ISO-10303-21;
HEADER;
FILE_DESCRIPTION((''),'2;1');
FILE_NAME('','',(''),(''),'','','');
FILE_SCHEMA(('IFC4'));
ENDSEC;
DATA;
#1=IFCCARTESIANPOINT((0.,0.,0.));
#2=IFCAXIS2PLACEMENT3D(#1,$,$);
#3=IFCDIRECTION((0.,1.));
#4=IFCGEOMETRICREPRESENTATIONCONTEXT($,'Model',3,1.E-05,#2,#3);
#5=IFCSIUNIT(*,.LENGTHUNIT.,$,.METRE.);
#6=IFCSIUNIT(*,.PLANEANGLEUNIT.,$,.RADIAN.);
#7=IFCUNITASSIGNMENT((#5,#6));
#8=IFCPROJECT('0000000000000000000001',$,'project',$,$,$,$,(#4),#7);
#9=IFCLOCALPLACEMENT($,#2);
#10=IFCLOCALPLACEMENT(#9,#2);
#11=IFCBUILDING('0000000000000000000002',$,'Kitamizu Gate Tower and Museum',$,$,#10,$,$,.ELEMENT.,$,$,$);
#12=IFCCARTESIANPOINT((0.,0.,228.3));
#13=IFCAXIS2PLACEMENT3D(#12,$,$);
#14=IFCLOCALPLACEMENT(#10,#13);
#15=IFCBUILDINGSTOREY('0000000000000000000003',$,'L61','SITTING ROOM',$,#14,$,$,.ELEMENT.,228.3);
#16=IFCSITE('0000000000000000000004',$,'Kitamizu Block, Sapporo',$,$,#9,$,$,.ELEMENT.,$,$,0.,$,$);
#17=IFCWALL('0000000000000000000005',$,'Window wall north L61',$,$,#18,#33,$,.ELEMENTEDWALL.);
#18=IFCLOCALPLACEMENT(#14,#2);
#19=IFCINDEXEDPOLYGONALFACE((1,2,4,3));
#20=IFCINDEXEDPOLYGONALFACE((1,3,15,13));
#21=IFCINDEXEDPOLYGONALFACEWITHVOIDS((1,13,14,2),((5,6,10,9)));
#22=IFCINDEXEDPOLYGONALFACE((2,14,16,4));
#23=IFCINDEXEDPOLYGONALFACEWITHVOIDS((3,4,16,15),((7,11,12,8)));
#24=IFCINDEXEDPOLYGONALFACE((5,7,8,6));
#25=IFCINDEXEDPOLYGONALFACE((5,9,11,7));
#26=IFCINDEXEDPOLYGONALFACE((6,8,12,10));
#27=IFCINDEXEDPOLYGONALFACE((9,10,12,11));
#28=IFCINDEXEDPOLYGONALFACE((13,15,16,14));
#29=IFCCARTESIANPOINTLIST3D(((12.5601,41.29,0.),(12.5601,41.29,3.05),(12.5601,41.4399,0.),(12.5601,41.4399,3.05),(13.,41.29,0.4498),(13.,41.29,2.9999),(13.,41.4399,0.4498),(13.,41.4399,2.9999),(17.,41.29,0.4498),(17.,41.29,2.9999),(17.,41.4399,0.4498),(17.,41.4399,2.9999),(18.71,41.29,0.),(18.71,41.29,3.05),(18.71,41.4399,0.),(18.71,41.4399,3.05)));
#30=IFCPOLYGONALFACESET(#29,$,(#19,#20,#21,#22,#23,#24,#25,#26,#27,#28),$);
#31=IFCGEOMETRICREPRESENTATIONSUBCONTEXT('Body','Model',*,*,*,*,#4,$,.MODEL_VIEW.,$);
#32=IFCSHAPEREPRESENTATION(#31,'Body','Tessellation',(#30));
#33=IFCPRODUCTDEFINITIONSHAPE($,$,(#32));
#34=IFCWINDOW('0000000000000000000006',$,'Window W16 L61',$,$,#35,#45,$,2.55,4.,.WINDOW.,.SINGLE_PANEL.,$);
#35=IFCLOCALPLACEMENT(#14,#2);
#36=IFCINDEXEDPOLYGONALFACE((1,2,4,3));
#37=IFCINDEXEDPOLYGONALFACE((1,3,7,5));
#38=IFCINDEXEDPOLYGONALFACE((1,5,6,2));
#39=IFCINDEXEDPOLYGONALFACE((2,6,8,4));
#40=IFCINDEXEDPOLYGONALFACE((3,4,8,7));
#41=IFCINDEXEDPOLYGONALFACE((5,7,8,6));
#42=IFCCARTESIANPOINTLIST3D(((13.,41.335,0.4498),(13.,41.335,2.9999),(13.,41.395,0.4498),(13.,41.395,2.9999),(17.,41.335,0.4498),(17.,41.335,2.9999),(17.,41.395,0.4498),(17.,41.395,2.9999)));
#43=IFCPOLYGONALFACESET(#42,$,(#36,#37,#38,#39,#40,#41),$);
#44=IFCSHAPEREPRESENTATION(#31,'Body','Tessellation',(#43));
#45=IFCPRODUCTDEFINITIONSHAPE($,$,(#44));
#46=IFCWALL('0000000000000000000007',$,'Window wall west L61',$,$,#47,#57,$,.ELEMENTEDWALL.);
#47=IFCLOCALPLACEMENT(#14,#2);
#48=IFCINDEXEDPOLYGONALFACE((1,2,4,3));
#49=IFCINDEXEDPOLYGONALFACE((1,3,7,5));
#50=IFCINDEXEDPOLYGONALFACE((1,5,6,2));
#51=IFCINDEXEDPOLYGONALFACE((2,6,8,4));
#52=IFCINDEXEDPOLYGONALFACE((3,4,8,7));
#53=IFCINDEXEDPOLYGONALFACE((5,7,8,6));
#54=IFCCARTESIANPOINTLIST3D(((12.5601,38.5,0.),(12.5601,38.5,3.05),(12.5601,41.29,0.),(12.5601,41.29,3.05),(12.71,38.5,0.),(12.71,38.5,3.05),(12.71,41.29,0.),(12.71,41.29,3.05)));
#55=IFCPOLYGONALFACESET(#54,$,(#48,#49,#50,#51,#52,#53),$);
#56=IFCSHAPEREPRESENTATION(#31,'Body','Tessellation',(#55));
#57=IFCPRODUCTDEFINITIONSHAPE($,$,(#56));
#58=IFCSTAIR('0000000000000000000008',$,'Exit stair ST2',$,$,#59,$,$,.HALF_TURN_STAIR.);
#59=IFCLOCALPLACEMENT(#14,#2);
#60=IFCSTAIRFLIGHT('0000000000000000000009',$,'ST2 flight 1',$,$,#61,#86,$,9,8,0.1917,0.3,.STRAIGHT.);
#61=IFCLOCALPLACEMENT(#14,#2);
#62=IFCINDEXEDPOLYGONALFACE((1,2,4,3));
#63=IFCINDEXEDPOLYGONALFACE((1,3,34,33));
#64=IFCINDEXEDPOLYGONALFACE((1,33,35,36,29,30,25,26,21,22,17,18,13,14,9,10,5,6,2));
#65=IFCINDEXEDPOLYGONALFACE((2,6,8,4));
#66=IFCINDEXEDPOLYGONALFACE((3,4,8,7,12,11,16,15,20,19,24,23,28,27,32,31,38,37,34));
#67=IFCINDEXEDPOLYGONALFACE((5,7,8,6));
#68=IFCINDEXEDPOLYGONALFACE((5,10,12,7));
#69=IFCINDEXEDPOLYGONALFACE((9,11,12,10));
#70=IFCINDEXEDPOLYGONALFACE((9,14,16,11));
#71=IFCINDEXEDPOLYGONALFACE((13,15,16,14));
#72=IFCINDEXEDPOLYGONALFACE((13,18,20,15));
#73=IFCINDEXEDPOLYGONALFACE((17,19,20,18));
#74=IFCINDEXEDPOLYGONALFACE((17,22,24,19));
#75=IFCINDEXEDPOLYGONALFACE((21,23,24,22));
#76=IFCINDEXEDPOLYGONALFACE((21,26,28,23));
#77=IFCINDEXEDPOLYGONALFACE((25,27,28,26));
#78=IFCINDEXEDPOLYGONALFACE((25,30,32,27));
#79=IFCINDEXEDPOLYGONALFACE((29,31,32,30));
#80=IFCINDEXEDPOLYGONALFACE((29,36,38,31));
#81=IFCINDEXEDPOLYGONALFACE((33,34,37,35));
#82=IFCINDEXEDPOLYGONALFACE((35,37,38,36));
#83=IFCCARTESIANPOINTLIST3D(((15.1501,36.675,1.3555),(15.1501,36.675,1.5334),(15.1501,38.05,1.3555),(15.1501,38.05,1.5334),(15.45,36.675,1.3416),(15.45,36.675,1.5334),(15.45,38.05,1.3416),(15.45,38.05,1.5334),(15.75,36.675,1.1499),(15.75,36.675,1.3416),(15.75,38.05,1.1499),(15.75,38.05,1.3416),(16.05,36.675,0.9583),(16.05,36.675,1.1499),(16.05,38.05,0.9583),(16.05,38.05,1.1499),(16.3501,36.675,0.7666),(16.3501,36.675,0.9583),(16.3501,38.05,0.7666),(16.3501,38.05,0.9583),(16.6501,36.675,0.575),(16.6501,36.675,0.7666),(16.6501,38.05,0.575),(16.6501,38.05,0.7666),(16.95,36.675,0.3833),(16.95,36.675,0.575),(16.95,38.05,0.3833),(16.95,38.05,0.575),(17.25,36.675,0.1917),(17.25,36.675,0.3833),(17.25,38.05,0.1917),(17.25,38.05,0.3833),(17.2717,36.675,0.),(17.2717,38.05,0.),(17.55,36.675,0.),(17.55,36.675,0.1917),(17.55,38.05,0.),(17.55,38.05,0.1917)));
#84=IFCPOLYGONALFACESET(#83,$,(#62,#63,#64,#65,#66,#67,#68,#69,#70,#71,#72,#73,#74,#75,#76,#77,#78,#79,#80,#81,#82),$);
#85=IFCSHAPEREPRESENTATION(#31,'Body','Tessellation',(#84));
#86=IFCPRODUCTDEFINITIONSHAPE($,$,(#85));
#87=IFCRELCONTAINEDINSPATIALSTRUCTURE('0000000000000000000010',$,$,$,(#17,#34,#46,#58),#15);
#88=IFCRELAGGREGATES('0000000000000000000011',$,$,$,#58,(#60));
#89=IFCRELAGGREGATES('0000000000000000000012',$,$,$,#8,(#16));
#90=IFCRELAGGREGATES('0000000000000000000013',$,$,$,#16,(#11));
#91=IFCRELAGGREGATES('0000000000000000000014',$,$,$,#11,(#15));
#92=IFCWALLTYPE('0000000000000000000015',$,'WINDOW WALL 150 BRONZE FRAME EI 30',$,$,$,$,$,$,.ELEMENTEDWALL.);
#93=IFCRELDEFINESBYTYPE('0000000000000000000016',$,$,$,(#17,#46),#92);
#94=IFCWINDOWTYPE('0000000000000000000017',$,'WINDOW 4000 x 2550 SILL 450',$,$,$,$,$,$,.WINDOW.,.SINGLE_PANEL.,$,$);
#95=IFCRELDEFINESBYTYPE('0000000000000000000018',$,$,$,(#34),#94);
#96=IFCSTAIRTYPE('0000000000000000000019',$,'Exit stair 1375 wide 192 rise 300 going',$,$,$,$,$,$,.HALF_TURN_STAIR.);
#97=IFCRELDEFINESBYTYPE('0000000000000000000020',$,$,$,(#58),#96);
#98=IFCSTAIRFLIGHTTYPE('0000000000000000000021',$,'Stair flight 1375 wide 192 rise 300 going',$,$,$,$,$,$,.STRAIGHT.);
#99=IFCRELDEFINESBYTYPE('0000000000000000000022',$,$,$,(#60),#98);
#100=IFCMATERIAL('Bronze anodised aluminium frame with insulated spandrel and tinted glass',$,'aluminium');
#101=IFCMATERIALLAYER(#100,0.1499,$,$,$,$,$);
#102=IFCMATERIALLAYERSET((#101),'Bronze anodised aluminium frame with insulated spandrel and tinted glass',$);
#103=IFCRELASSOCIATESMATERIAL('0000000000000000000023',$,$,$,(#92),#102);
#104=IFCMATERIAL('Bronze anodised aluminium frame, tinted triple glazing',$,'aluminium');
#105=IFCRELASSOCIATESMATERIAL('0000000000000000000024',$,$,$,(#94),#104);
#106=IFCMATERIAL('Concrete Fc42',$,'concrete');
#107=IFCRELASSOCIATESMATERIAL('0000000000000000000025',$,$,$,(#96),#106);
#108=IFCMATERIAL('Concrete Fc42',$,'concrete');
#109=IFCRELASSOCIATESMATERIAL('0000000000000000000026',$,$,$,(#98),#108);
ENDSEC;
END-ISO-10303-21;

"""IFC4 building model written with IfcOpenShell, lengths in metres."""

from ifc_helpers import new_model, si_unit, direction, frame, frame_2d, origin, place, context, subcontext, project, spatial, polyline, rectangle, outline, extrude, material, layer, layer_set, type_object, element, fill, aggregate, save


model = new_model("IFC4")

# Units and contexts
model_context = context("Model", 3, precision=1e-05, world=origin(), true_north=direction((0.0, 1.0)))
body_context = subcontext(model_context, "Body", "Model", "MODEL_VIEW")
ifc_project = project(units=[si_unit("LENGTHUNIT", "METRE"), si_unit("PLANEANGLEUNIT", "RADIAN")], contexts=[model_context])

# Site, building, storey
site_placement = place(None, origin())
site = spatial("IfcSite", under=ifc_project, at=site_placement, Name="Kitamizu Block, Sapporo", CompositionType="ELEMENT", RefElevation=0.0)
building_placement = place(site_placement, origin())
building = spatial("IfcBuilding", under=site, at=building_placement, Name="Kitamizu Gate Tower and Museum", CompositionType="ELEMENT")
storey_placement = place(building_placement, frame((0.0, 0.0, 228.3)))
storey = spatial("IfcBuildingStorey", under=building, at=storey_placement, Name="L61", Description="SITTING ROOM", CompositionType="ELEMENT", Elevation=228.3)

# Shared definitions
ifc_material_1 = material(Name="Bronze anodised aluminium frame with insulated spandrel and tinted glass", Category="aluminium")
ifc_layer_1 = layer(ifc_material_1, 0.1499)
ifc_layer_set_1 = layer_set([ifc_layer_1], Name="Bronze anodised aluminium frame with insulated spandrel and tinted glass")
wall_type_1 = type_object("IfcWallType", Name="WINDOW WALL 150 BRONZE FRAME EI 30", PredefinedType="ELEMENTEDWALL", material=ifc_layer_set_1)

# Wall, opening, window
ifc_material_2 = material(Name="Bronze anodised aluminium frame, tinted triple glazing", Category="aluminium")
window_type_1 = type_object("IfcWindowType", Name="WINDOW 4000 x 2550 SILL 450", PartitioningType="SINGLE_PANEL", PredefinedType="WINDOW", material=ifc_material_2)
wall_1_placement = place(storey_placement, frame((12.5601, 41.365, 0.0), z_axis=(0.0, 0.0, 1.0), x_axis=(1.0, 0.0, 0.0)))
wall_1 = element("IfcWall", 1, at=wall_1_placement, inside=storey, type_object=wall_type_1, Name="Window wall north L61", PredefinedType="ELEMENTEDWALL", context=body_context, shape_type="SweptSolid", body=[
    extrude(rectangle(XDim=6.1499, YDim=0.1499, at=frame_2d((3.075, 0.0))), origin(), (0.0, 0.0, 1.0), 3.05),
])
opening_1_placement = place(wall_1_placement, frame((0.4399, 0.0, 0.45)))
opening_1 = element("IfcOpeningElement", 2, at=opening_1_placement, cuts=wall_1, PredefinedType="OPENING", context=body_context, shape_type="SweptSolid", body=[
    extrude(rectangle(XDim=4.0, YDim=2.55, at=frame_2d((2.0, 1.2749))), frame((0.0, 0.085, 0.0), z_axis=(0.0, -1.0, 0.0), x_axis=(1.0, 0.0, 0.0)), (0.0, 0.0, 1.0), 0.1699),
])
window_1_placement = place(opening_1_placement, origin())
window_1 = element("IfcWindow", 3, at=window_1_placement, inside=storey, type_object=window_type_1, Name="Window W16 L61", OverallHeight=2.55, OverallWidth=4.0, PartitioningType="SINGLE_PANEL", PredefinedType="WINDOW", context=body_context, shape_type="SweptSolid", body=[
    extrude(rectangle(XDim=4.0, YDim=2.55, at=frame_2d((2.0, 1.2749))), frame((0.0, 0.03, 0.0), z_axis=(0.0, -1.0, 0.0), x_axis=(1.0, 0.0, 0.0)), (0.0, 0.0, 1.0), 0.0601),
])
fill(opening_1, window_1)

# Wall
wall_2_placement = place(storey_placement, frame((12.635, 38.5, 0.0), z_axis=(0.0, 0.0, 1.0), x_axis=(0.0, 1.0, 0.0)))
element("IfcWall", 4, at=wall_2_placement, inside=storey, type_object=wall_type_1, Name="Window wall west L61", PredefinedType="ELEMENTEDWALL", context=body_context, shape_type="SweptSolid", body=[
    extrude(rectangle(XDim=2.79, YDim=0.1499, at=frame_2d((1.395, 0.0))), origin(), (0.0, 0.0, 1.0), 3.05),
])

# Stair, stair flight
ifc_material_3 = material(Name="Concrete Fc42", Category="concrete")
stair_type = type_object("IfcStairType", Name="Exit stair 1375 wide 192 rise 300 going", PredefinedType="HALF_TURN_STAIR", material=ifc_material_3)
stair_placement = place(storey_placement, origin())
stair = element("IfcStair", 5, at=stair_placement, inside=storey, type_object=stair_type, Name="Exit stair ST2", PredefinedType="HALF_TURN_STAIR")
ifc_material_4 = material(Name="Concrete Fc42", Category="concrete")
stair_flight_type = type_object("IfcStairFlightType", Name="Stair flight 1375 wide 192 rise 300 going", PredefinedType="STRAIGHT", material=ifc_material_4)
stair_flight_placement = place(storey_placement, frame((17.55, 37.3625, 0.0), z_axis=(0.0, 0.0, 1.0), x_axis=(-1.0, 0.0, 0.0)))
stair_flight = element("IfcStairFlight", 6, at=stair_flight_placement, type_object=stair_flight_type, Name="ST2 flight 1", NumberOfRisers=9, NumberOfTreads=8, PredefinedType="STRAIGHT", RiserHeight=0.1917, TreadLength=0.3, context=body_context, shape_type="SweptSolid", body=[
    extrude(outline(polyline([(0.0, 0.0), (0.0, 0.1917), (0.3, 0.1917), (0.3, 0.3833), (0.6001, 0.3833), (0.6001, 0.575), (0.8999, 0.575), (0.8999, 0.7666), (1.2, 0.7666), (1.2, 0.9583), (1.5, 0.9583), (1.5, 1.1499), (1.8, 1.1499), (1.8, 1.3416), (2.1001, 1.3416), (2.1001, 1.5334), (2.3999, 1.5334), (2.3999, 1.7251), (2.3999, 1.3555), (0.2783, 0.0), (0.0, 0.0)])), frame((0.0, 0.6875, 0.0), z_axis=(0.0, -1.0, 0.0), x_axis=(1.0, 0.0, 0.0)), (0.0, 0.0, 1.0), 1.375),
])
aggregate(stair, [stair_flight])

save(model, "model.ifc")
